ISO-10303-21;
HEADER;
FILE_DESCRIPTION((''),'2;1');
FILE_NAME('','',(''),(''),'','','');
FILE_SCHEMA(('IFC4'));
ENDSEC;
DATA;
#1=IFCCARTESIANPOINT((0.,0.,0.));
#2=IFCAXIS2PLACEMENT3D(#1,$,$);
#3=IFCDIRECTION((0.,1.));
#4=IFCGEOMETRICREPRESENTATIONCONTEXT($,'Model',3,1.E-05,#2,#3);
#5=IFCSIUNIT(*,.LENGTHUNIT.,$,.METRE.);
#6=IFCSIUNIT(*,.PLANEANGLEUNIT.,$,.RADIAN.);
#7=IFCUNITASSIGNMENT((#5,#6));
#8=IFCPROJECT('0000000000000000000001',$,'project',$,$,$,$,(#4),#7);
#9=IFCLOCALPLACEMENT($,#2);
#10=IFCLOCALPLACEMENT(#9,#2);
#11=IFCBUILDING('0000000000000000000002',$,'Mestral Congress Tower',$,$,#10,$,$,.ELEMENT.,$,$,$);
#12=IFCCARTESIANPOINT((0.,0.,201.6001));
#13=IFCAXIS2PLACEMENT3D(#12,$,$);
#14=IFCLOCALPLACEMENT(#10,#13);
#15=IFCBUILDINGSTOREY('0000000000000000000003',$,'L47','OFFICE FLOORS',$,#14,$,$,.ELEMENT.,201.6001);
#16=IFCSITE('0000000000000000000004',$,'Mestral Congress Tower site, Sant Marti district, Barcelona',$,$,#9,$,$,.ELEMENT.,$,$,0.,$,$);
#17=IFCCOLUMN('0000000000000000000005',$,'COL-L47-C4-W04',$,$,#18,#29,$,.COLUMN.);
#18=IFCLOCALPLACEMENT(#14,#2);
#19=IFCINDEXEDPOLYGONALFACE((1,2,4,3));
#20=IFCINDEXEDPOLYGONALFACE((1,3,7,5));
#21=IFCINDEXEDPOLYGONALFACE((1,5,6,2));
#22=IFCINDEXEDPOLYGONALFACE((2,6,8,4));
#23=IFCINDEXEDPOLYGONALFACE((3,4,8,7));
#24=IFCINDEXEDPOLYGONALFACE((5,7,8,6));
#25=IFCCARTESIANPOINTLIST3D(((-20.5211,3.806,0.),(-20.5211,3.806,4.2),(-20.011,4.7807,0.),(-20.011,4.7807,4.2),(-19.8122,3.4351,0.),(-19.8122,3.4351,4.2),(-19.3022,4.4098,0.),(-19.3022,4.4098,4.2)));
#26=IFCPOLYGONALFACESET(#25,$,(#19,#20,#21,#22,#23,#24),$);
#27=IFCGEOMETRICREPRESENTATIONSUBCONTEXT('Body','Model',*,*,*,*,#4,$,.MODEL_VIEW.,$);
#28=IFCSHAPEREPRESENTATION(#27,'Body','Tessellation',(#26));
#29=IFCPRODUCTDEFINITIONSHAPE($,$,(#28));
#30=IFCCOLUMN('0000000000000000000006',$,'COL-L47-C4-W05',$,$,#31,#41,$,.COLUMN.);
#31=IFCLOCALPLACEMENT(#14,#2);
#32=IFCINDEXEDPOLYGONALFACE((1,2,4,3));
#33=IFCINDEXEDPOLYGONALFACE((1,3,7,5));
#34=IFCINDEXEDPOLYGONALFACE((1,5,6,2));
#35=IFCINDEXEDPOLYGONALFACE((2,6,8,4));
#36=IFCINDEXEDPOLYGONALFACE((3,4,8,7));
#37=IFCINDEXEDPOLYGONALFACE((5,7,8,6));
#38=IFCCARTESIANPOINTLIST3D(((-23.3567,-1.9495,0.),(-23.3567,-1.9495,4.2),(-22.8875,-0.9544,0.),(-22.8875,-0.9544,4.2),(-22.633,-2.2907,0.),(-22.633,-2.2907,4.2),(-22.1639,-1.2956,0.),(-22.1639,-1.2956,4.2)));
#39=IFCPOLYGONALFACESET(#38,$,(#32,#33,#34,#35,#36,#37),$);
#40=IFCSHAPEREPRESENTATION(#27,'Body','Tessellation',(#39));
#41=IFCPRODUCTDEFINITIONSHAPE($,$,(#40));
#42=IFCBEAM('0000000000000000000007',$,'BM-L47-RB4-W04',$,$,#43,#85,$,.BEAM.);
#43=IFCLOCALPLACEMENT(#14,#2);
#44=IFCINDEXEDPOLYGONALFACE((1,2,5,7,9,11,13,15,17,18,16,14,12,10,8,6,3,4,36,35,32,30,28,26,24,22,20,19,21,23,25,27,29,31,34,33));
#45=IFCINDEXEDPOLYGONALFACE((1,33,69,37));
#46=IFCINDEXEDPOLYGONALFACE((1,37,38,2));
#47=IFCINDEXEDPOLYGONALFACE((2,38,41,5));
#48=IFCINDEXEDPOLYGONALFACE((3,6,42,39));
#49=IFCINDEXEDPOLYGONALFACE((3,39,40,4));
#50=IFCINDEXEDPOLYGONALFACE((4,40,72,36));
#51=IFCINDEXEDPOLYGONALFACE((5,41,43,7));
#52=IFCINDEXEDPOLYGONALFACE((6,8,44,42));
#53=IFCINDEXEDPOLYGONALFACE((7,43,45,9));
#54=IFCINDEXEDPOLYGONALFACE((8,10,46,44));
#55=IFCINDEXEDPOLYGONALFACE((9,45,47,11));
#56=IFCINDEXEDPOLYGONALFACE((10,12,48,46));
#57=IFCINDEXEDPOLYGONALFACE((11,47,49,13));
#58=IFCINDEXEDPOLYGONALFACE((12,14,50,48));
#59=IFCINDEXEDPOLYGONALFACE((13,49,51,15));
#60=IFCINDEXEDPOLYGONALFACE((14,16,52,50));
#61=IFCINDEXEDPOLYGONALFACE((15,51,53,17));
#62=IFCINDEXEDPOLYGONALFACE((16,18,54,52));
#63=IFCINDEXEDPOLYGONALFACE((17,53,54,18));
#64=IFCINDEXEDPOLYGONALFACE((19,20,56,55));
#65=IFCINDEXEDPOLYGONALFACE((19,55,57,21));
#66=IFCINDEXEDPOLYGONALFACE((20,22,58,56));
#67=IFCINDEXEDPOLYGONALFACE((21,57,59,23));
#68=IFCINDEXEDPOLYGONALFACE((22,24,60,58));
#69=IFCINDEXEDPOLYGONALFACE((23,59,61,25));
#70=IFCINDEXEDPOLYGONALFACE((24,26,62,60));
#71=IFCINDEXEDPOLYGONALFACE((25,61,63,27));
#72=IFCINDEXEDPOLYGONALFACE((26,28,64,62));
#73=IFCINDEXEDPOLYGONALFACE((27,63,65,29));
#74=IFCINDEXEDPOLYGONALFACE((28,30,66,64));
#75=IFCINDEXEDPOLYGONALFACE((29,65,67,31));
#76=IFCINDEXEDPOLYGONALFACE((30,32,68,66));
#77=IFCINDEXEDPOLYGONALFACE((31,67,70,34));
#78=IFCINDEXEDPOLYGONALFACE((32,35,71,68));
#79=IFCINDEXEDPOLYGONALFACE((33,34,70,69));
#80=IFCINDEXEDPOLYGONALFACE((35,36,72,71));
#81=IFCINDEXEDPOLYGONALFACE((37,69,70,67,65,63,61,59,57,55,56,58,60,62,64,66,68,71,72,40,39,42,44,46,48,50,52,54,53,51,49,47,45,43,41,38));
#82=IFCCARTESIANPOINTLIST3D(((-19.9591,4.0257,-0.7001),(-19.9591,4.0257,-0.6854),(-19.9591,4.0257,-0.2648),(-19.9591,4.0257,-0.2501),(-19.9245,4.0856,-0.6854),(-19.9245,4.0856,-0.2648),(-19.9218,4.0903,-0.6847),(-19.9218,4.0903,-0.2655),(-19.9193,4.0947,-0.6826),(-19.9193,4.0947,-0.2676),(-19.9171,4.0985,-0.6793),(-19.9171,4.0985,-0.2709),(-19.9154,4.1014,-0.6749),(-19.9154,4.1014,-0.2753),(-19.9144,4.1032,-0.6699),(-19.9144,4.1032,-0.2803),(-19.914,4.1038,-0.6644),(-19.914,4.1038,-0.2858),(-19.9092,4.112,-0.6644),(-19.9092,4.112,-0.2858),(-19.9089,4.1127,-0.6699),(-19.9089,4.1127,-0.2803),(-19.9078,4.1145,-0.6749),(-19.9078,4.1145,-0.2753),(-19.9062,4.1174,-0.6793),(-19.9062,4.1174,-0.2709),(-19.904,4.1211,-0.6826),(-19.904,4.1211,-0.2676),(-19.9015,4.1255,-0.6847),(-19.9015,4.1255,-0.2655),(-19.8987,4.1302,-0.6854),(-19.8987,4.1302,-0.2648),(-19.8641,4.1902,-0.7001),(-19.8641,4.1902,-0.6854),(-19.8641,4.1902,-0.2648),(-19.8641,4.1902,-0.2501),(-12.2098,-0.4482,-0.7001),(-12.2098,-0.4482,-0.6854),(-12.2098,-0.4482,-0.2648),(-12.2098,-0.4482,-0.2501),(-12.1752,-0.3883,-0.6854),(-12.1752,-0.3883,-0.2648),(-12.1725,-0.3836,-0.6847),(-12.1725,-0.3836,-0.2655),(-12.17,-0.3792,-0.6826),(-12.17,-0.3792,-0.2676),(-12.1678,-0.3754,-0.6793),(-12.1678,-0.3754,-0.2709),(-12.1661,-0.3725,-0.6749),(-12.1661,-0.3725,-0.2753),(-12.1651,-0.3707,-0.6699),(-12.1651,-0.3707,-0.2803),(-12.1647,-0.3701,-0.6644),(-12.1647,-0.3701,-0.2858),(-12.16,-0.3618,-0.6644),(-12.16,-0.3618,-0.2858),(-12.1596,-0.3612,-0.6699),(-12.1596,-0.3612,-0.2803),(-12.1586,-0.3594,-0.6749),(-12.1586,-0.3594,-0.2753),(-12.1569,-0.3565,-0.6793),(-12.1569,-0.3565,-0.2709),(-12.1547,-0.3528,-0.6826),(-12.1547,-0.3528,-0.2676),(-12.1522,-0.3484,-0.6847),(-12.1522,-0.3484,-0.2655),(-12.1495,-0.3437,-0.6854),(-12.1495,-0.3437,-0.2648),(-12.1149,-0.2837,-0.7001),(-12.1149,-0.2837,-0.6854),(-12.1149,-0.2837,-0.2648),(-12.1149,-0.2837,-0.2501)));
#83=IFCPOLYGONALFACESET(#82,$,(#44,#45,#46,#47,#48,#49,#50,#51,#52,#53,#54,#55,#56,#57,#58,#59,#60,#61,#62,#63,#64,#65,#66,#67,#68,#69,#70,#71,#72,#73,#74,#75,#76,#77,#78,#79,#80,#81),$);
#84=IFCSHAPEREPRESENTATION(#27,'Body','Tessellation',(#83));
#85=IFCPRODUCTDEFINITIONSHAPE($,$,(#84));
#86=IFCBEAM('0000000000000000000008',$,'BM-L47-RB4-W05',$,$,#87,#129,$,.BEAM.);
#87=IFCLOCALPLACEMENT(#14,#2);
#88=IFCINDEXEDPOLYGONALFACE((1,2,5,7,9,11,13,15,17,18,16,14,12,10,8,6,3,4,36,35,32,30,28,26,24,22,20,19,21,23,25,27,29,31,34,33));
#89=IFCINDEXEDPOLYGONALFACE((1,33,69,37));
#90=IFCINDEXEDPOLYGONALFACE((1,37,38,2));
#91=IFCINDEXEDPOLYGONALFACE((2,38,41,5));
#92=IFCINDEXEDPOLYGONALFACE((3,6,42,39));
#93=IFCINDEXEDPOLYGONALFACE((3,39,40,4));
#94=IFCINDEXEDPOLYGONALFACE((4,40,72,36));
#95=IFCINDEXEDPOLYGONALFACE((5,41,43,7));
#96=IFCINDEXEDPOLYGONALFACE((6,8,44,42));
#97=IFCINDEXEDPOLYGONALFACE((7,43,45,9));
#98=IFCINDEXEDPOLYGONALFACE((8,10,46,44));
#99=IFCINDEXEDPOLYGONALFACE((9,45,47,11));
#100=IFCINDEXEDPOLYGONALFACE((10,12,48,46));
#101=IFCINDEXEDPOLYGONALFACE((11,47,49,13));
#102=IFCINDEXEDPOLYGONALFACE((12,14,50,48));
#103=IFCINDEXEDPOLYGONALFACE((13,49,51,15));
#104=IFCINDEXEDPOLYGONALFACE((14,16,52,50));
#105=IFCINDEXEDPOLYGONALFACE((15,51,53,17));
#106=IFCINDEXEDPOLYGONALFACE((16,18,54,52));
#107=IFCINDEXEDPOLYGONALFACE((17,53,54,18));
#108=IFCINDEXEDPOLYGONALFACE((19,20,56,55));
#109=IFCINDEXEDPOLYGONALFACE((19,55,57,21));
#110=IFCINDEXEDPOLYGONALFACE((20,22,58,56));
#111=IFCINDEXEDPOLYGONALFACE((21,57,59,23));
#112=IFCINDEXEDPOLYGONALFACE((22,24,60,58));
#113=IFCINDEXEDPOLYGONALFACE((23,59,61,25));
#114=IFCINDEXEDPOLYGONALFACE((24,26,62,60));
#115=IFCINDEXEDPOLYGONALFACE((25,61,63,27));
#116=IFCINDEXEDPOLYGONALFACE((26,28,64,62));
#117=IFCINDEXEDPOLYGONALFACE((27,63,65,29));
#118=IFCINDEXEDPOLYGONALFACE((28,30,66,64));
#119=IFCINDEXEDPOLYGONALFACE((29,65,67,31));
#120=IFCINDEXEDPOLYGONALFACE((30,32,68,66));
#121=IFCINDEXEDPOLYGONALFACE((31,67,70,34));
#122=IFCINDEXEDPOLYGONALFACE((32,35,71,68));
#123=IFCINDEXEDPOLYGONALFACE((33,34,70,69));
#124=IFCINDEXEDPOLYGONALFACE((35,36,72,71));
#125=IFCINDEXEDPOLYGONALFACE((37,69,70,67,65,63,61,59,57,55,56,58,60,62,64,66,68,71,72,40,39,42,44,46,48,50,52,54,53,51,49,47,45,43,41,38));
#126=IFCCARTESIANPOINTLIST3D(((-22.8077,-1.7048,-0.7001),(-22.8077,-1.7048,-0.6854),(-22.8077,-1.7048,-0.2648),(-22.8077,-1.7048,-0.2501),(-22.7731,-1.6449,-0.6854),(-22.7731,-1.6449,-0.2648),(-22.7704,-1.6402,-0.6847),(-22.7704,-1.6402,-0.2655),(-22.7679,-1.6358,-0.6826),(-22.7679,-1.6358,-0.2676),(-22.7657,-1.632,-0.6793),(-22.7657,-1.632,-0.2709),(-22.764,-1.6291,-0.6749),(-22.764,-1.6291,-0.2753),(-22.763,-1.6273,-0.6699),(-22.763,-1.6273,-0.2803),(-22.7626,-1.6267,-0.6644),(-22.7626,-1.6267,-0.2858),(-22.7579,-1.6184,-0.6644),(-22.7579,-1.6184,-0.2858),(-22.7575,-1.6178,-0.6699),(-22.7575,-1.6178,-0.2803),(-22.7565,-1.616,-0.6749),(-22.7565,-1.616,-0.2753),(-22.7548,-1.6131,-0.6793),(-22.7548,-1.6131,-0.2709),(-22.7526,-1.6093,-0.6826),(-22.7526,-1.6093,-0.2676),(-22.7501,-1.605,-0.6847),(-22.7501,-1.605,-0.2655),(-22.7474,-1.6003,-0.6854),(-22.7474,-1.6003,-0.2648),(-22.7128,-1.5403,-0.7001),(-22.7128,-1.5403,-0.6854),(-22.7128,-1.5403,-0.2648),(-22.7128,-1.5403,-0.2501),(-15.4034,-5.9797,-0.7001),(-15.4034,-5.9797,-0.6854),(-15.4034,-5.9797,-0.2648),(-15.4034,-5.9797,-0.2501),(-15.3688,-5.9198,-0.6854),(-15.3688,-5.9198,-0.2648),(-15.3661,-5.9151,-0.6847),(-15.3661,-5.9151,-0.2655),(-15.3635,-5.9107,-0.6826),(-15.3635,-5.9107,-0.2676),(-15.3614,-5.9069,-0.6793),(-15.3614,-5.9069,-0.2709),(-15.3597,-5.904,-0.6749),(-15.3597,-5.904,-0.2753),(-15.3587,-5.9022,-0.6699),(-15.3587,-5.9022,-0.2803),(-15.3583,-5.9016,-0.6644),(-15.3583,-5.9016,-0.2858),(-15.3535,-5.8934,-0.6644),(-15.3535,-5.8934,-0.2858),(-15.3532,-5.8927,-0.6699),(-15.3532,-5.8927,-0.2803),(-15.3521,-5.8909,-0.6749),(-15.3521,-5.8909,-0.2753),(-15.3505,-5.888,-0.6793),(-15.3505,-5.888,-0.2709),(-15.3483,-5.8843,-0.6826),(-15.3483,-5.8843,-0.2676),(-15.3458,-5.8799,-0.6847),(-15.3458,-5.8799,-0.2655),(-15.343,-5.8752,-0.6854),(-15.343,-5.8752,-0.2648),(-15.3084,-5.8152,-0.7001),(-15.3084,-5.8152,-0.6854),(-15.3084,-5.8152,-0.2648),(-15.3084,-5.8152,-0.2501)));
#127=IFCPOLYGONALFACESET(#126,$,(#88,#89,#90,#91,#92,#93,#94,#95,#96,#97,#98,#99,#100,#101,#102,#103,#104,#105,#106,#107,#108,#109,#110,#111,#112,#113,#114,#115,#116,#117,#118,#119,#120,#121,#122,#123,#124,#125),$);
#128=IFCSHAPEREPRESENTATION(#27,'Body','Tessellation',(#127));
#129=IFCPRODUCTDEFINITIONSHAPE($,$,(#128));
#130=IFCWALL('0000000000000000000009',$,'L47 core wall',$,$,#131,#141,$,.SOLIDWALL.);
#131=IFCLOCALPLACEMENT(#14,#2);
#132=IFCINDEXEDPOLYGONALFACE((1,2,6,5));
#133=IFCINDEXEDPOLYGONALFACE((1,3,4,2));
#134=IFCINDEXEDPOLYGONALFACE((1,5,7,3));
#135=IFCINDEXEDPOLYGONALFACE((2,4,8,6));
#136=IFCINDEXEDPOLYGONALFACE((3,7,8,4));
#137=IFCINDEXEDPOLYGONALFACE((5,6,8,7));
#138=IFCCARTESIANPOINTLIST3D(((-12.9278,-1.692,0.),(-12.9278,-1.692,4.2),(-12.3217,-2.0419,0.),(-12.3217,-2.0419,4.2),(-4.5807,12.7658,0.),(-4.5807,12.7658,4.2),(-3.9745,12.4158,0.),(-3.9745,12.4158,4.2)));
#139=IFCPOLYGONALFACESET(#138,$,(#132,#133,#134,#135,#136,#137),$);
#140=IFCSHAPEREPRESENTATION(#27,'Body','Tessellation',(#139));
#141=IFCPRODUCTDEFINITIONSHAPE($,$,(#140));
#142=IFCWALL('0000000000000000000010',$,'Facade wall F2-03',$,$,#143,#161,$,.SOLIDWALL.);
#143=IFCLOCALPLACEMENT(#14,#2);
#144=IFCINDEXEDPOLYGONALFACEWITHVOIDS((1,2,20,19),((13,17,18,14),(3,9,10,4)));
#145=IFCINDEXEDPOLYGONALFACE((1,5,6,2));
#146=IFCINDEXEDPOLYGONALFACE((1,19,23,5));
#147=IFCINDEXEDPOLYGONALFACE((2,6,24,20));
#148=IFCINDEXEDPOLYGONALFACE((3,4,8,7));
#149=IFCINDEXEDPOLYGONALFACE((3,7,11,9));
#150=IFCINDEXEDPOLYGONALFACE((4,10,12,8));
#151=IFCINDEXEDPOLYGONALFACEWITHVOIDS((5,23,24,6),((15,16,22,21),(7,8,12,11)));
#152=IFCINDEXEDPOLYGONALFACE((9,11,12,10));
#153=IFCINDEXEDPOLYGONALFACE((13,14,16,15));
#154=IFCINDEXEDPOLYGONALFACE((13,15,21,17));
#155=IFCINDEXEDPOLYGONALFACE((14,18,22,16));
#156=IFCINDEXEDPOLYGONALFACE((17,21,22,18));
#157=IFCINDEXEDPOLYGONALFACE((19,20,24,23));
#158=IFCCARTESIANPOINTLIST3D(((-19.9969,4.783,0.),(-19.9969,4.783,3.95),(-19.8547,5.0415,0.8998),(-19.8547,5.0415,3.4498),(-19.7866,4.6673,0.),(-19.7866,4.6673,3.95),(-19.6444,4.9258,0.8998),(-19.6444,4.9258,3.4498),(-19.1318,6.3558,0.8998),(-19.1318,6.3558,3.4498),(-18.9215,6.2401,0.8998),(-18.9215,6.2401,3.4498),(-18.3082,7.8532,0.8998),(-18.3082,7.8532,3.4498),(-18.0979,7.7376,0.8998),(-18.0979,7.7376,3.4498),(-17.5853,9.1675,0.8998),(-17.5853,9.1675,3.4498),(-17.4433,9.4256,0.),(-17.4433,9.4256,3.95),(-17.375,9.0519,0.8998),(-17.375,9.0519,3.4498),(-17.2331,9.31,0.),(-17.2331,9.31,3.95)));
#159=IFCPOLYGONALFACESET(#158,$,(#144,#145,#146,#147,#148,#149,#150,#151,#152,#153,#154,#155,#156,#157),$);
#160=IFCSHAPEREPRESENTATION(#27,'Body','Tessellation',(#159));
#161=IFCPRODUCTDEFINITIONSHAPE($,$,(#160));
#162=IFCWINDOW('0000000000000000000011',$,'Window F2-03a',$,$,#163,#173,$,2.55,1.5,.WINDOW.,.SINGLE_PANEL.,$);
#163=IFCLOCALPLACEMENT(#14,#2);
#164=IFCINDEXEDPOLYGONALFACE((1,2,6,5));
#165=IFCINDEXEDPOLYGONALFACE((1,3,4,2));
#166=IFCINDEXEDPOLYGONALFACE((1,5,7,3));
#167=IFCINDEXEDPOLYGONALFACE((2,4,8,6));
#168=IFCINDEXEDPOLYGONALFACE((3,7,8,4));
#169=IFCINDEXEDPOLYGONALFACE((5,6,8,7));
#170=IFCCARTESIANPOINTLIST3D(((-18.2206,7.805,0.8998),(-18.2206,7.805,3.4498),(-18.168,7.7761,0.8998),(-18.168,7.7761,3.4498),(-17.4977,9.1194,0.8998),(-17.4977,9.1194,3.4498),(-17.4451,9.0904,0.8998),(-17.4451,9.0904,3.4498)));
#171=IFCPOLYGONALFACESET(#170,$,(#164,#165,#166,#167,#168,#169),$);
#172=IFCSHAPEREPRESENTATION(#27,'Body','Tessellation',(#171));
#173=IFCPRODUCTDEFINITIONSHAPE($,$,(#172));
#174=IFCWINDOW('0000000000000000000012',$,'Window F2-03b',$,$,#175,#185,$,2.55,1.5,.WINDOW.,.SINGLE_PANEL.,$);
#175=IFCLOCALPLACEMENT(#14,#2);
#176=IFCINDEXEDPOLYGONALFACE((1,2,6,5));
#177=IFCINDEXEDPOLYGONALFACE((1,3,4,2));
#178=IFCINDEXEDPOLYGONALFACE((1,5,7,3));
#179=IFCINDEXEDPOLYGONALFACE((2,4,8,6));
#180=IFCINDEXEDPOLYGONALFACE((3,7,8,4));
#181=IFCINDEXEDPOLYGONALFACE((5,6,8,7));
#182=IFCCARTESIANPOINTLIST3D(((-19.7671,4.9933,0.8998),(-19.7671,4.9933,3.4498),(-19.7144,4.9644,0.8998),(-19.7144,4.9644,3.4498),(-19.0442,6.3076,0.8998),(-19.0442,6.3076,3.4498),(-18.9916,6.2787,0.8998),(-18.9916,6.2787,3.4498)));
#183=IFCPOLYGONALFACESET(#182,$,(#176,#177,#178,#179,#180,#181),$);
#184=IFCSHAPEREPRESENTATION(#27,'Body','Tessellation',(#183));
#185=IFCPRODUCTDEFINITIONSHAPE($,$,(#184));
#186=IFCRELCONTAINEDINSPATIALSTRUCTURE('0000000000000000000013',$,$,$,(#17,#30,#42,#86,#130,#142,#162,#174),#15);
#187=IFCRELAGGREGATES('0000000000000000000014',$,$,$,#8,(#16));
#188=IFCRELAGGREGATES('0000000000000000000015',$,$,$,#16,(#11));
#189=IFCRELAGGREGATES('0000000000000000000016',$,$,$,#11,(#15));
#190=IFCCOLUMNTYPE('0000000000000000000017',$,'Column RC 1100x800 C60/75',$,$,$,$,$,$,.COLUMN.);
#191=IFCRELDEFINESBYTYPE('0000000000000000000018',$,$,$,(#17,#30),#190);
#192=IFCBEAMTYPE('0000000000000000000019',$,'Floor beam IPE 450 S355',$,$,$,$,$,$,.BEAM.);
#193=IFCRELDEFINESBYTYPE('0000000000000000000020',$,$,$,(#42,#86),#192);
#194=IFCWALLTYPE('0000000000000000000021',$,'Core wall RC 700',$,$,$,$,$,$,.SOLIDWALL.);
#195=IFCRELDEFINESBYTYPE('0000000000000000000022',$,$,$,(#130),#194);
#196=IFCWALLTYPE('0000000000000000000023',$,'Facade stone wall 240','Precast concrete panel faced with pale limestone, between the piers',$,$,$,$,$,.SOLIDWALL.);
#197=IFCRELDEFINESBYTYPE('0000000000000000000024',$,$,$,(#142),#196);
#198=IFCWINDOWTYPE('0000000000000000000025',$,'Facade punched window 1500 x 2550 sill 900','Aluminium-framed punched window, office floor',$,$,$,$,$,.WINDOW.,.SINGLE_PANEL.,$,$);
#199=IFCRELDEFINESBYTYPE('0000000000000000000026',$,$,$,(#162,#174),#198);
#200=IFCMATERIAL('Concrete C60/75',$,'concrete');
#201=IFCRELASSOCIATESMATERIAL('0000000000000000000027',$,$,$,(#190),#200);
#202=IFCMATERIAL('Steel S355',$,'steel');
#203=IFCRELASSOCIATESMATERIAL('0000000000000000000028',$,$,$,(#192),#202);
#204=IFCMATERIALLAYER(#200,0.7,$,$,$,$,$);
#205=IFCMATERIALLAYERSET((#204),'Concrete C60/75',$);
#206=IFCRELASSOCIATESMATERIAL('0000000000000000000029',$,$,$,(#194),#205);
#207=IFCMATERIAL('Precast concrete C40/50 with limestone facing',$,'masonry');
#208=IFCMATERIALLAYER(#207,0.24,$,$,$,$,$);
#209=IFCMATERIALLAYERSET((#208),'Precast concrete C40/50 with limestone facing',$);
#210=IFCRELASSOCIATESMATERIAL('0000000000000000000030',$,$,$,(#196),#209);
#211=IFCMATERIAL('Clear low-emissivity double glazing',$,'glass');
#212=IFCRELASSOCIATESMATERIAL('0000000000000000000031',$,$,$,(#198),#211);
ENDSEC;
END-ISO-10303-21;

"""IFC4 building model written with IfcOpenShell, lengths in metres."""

from ifc_helpers import new_model, si_unit, direction, frame, frame_2d, origin, origin_2d, place, context, subcontext, project, spatial, rectangle, i_section, extrude, material, layer, layer_set, material_profile, profile_set, type_object, element, fill, save


model = new_model("IFC4")

# Units and contexts
model_context = context("Model", 3, precision=1e-05, world=origin(), true_north=direction((0.0, 1.0)))
body_context = subcontext(model_context, "Body", "Model", "MODEL_VIEW")
ifc_project = project(units=[si_unit("LENGTHUNIT", "METRE"), si_unit("PLANEANGLEUNIT", "RADIAN")], contexts=[model_context])

# Site, building, storey
site_placement = place(None, origin())
site = spatial("IfcSite", under=ifc_project, at=site_placement, Name="Mestral Congress Tower site, Sant Marti district, Barcelona", CompositionType="ELEMENT", RefElevation=0.0)
building_placement = place(site_placement, origin())
building = spatial("IfcBuilding", under=site, at=building_placement, Name="Mestral Congress Tower", CompositionType="ELEMENT")
storey_placement = place(building_placement, frame((0.0, 0.0, 201.6001)))
storey = spatial("IfcBuildingStorey", under=building, at=storey_placement, Name="L47", Description="OFFICE FLOORS", CompositionType="ELEMENT", Elevation=201.6001)

# Columns
ifc_material_1 = material(Name="Concrete C60/75", Category="concrete")
ifc_material_profile_1 = material_profile(ifc_material_1, rectangle(XDim=1.1001, YDim=0.8, at=origin_2d()), Name="RC 1100x800")
ifc_profile_set_1 = profile_set([ifc_material_profile_1], Name="Concrete C60/75")
column_type = type_object("IfcColumnType", Name="Column RC 1100x800 C60/75", PredefinedType="COLUMN", material=ifc_profile_set_1)
for number, where, z_axis, x_axis, name in (
    (1, (-19.9116, 4.1079, 0.0), (0.0, 0.0, 1.0), (-0.463636, -0.886026, 0.0), "COL-L47-C4-W04"),
    (2, (-22.7603, -1.6226, 0.0), (0.0, 0.0, 1.0), (-0.426472, -0.904501, 0.0), "COL-L47-C4-W05"),
):
    element("IfcColumn", number, at=place(storey_placement, frame(where, z_axis=z_axis, x_axis=x_axis)), inside=storey, type_object=column_type, Name=name, PredefinedType="COLUMN", context=body_context, shape_type="SweptSolid", body=[
        extrude(rectangle(XDim=1.1001, YDim=0.8, at=origin_2d()), origin(), (0.0, 0.0, 1.0), 4.2),
    ])

# Beams
ifc_material_2 = material(Name="Steel S355", Category="steel")
ifc_material_profile_2 = material_profile(ifc_material_2, i_section(OverallWidth=0.1899, OverallDepth=0.45, WebThickness=0.0095, FlangeThickness=0.0146, FilletRadius=0.021, at=origin_2d()), Name="IPE 450")
ifc_profile_set_2 = profile_set([ifc_material_profile_2], Name="Steel S355")
beam_type = type_object("IfcBeamType", Name="Floor beam IPE 450 S355", PredefinedType="BEAM", material=ifc_profile_set_2)
beam_1_placement = place(storey_placement, frame((-19.9116, 4.1079, -0.4751), z_axis=(0.866033, -0.499986, 0.0), x_axis=(0.499986, 0.866033, 0.0)))
element("IfcBeam", 3, at=beam_1_placement, inside=storey, type_object=beam_type, Name="BM-L47-RB4-W04", PredefinedType="BEAM", context=body_context, shape_type="SweptSolid", body=[
    extrude(i_section(OverallWidth=0.1899, OverallDepth=0.45, WebThickness=0.0095, FlangeThickness=0.0146, FilletRadius=0.021, at=origin_2d()), origin(), (0.0, 0.0, 1.0), 8.948),
])
beam_2_placement = place(storey_placement, frame((-22.7603, -1.6226, -0.4751), z_axis=(0.866024, -0.500003, 0.0), x_axis=(0.500003, 0.866024, 0.0)))
element("IfcBeam", 4, at=beam_2_placement, inside=storey, type_object=beam_type, Name="BM-L47-RB4-W05", PredefinedType="BEAM", context=body_context, shape_type="SweptSolid", body=[
    extrude(i_section(OverallWidth=0.1899, OverallDepth=0.45, WebThickness=0.0095, FlangeThickness=0.0146, FilletRadius=0.021, at=origin_2d()), origin(), (0.0, 0.0, 1.0), 8.5498),
])

# Wall
ifc_layer_1 = layer(ifc_material_1, 0.7)
ifc_layer_set_1 = layer_set([ifc_layer_1], Name="Concrete C60/75")
wall_type_1 = type_object("IfcWallType", Name="Core wall RC 700", PredefinedType="SOLIDWALL", material=ifc_layer_set_1)
wall_1_placement = place(storey_placement, frame((-12.6248, -1.8669, 0.0), z_axis=(0.0, 0.0, 1.0), x_axis=(0.499999, 0.866026, 0.0)))
element("IfcWall", 5, at=wall_1_placement, inside=storey, type_object=wall_type_1, Name="L47 core wall", PredefinedType="SOLIDWALL", context=body_context, shape_type="SweptSolid", body=[
    extrude(rectangle(XDim=16.6943, YDim=0.7, at=frame_2d((8.3472, 0.0))), origin(), (0.0, 0.0, 1.0), 4.2),
])

# Wall, openings, windows
ifc_material_3 = material(Name="Precast concrete C40/50 with limestone facing", Category="masonry")
ifc_layer_2 = layer(ifc_material_3, 0.24)
ifc_layer_set_2 = layer_set([ifc_layer_2], Name="Precast concrete C40/50 with limestone facing")
wall_type_2 = type_object("IfcWallType", Name="Facade stone wall 240", Description="Precast concrete panel faced with pale limestone, between the piers", PredefinedType="SOLIDWALL", material=ifc_layer_set_2)
wall_2_placement = place(storey_placement, frame((-17.3381, 9.3679, 0.0), z_axis=(0.0, 0.0, 1.0), x_axis=(-0.481926, -0.876212, 0.0)))
wall_2 = element("IfcWall", 6, at=wall_2_placement, inside=storey, type_object=wall_type_2, Name="Facade wall F2-03", PredefinedType="SOLIDWALL", context=body_context, shape_type="SweptSolid", body=[
    extrude(rectangle(XDim=5.2986, YDim=0.24, at=frame_2d((2.6494, 0.0))), origin(), (0.0, 0.0, 1.0), 3.95),
])
opening_1_placement = place(wall_2_placement, frame((0.2947, 0.0, 0.8999)))
opening_1 = element("IfcOpeningElement", 7, at=opening_1_placement, cuts=wall_2, PredefinedType="OPENING", context=body_context, shape_type="SweptSolid", body=[
    extrude(rectangle(XDim=1.5, YDim=2.55, at=frame_2d((0.75, 1.2749))), frame((0.0, 0.1299, 0.0), z_axis=(0.0, -1.0, 0.0), x_axis=(1.0, 0.0, 0.0)), (0.0, 0.0, 1.0), 0.26),
])
opening_2_placement = place(wall_2_placement, frame((3.5037, 0.0, 0.8999)))
opening_2 = element("IfcOpeningElement", 8, at=opening_2_placement, cuts=wall_2, PredefinedType="OPENING", context=body_context, shape_type="SweptSolid", body=[
    extrude(rectangle(XDim=1.5, YDim=2.55, at=frame_2d((0.75, 1.2749))), frame((0.0, 0.1299, 0.0), z_axis=(0.0, -1.0, 0.0), x_axis=(1.0, 0.0, 0.0)), (0.0, 0.0, 1.0), 0.26),
])
ifc_material_4 = material(Name="Clear low-emissivity double glazing", Category="glass")
window_type = type_object("IfcWindowType", Name="Facade punched window 1500 x 2550 sill 900", Description="Aluminium-framed punched window, office floor", PartitioningType="SINGLE_PANEL", PredefinedType="WINDOW", material=ifc_material_4)
window_1_placement = place(opening_1_placement, origin())
window_1 = element("IfcWindow", 9, at=window_1_placement, inside=storey, type_object=window_type, Name="Window F2-03a", OverallHeight=2.55, OverallWidth=1.5, PartitioningType="SINGLE_PANEL", PredefinedType="WINDOW", context=body_context, shape_type="SweptSolid", body=[
    extrude(rectangle(XDim=1.5, YDim=2.55, at=frame_2d((0.75, 1.2749))), frame((0.0, 0.04, 0.0), z_axis=(0.0, -1.0, 0.0), x_axis=(1.0, 0.0, 0.0)), (0.0, 0.0, 1.0), 0.0601),
])
fill(opening_1, window_1)
window_2_placement = place(opening_2_placement, origin())
window_2 = element("IfcWindow", 10, at=window_2_placement, inside=storey, type_object=window_type, Name="Window F2-03b", OverallHeight=2.55, OverallWidth=1.5, PartitioningType="SINGLE_PANEL", PredefinedType="WINDOW", context=body_context, shape_type="SweptSolid", body=[
    extrude(rectangle(XDim=1.5, YDim=2.55, at=frame_2d((0.75, 1.2749))), frame((0.0, 0.04, 0.0), z_axis=(0.0, -1.0, 0.0), x_axis=(1.0, 0.0, 0.0)), (0.0, 0.0, 1.0), 0.0601),
])
fill(opening_2, window_2)

save(model, "model.ifc")
